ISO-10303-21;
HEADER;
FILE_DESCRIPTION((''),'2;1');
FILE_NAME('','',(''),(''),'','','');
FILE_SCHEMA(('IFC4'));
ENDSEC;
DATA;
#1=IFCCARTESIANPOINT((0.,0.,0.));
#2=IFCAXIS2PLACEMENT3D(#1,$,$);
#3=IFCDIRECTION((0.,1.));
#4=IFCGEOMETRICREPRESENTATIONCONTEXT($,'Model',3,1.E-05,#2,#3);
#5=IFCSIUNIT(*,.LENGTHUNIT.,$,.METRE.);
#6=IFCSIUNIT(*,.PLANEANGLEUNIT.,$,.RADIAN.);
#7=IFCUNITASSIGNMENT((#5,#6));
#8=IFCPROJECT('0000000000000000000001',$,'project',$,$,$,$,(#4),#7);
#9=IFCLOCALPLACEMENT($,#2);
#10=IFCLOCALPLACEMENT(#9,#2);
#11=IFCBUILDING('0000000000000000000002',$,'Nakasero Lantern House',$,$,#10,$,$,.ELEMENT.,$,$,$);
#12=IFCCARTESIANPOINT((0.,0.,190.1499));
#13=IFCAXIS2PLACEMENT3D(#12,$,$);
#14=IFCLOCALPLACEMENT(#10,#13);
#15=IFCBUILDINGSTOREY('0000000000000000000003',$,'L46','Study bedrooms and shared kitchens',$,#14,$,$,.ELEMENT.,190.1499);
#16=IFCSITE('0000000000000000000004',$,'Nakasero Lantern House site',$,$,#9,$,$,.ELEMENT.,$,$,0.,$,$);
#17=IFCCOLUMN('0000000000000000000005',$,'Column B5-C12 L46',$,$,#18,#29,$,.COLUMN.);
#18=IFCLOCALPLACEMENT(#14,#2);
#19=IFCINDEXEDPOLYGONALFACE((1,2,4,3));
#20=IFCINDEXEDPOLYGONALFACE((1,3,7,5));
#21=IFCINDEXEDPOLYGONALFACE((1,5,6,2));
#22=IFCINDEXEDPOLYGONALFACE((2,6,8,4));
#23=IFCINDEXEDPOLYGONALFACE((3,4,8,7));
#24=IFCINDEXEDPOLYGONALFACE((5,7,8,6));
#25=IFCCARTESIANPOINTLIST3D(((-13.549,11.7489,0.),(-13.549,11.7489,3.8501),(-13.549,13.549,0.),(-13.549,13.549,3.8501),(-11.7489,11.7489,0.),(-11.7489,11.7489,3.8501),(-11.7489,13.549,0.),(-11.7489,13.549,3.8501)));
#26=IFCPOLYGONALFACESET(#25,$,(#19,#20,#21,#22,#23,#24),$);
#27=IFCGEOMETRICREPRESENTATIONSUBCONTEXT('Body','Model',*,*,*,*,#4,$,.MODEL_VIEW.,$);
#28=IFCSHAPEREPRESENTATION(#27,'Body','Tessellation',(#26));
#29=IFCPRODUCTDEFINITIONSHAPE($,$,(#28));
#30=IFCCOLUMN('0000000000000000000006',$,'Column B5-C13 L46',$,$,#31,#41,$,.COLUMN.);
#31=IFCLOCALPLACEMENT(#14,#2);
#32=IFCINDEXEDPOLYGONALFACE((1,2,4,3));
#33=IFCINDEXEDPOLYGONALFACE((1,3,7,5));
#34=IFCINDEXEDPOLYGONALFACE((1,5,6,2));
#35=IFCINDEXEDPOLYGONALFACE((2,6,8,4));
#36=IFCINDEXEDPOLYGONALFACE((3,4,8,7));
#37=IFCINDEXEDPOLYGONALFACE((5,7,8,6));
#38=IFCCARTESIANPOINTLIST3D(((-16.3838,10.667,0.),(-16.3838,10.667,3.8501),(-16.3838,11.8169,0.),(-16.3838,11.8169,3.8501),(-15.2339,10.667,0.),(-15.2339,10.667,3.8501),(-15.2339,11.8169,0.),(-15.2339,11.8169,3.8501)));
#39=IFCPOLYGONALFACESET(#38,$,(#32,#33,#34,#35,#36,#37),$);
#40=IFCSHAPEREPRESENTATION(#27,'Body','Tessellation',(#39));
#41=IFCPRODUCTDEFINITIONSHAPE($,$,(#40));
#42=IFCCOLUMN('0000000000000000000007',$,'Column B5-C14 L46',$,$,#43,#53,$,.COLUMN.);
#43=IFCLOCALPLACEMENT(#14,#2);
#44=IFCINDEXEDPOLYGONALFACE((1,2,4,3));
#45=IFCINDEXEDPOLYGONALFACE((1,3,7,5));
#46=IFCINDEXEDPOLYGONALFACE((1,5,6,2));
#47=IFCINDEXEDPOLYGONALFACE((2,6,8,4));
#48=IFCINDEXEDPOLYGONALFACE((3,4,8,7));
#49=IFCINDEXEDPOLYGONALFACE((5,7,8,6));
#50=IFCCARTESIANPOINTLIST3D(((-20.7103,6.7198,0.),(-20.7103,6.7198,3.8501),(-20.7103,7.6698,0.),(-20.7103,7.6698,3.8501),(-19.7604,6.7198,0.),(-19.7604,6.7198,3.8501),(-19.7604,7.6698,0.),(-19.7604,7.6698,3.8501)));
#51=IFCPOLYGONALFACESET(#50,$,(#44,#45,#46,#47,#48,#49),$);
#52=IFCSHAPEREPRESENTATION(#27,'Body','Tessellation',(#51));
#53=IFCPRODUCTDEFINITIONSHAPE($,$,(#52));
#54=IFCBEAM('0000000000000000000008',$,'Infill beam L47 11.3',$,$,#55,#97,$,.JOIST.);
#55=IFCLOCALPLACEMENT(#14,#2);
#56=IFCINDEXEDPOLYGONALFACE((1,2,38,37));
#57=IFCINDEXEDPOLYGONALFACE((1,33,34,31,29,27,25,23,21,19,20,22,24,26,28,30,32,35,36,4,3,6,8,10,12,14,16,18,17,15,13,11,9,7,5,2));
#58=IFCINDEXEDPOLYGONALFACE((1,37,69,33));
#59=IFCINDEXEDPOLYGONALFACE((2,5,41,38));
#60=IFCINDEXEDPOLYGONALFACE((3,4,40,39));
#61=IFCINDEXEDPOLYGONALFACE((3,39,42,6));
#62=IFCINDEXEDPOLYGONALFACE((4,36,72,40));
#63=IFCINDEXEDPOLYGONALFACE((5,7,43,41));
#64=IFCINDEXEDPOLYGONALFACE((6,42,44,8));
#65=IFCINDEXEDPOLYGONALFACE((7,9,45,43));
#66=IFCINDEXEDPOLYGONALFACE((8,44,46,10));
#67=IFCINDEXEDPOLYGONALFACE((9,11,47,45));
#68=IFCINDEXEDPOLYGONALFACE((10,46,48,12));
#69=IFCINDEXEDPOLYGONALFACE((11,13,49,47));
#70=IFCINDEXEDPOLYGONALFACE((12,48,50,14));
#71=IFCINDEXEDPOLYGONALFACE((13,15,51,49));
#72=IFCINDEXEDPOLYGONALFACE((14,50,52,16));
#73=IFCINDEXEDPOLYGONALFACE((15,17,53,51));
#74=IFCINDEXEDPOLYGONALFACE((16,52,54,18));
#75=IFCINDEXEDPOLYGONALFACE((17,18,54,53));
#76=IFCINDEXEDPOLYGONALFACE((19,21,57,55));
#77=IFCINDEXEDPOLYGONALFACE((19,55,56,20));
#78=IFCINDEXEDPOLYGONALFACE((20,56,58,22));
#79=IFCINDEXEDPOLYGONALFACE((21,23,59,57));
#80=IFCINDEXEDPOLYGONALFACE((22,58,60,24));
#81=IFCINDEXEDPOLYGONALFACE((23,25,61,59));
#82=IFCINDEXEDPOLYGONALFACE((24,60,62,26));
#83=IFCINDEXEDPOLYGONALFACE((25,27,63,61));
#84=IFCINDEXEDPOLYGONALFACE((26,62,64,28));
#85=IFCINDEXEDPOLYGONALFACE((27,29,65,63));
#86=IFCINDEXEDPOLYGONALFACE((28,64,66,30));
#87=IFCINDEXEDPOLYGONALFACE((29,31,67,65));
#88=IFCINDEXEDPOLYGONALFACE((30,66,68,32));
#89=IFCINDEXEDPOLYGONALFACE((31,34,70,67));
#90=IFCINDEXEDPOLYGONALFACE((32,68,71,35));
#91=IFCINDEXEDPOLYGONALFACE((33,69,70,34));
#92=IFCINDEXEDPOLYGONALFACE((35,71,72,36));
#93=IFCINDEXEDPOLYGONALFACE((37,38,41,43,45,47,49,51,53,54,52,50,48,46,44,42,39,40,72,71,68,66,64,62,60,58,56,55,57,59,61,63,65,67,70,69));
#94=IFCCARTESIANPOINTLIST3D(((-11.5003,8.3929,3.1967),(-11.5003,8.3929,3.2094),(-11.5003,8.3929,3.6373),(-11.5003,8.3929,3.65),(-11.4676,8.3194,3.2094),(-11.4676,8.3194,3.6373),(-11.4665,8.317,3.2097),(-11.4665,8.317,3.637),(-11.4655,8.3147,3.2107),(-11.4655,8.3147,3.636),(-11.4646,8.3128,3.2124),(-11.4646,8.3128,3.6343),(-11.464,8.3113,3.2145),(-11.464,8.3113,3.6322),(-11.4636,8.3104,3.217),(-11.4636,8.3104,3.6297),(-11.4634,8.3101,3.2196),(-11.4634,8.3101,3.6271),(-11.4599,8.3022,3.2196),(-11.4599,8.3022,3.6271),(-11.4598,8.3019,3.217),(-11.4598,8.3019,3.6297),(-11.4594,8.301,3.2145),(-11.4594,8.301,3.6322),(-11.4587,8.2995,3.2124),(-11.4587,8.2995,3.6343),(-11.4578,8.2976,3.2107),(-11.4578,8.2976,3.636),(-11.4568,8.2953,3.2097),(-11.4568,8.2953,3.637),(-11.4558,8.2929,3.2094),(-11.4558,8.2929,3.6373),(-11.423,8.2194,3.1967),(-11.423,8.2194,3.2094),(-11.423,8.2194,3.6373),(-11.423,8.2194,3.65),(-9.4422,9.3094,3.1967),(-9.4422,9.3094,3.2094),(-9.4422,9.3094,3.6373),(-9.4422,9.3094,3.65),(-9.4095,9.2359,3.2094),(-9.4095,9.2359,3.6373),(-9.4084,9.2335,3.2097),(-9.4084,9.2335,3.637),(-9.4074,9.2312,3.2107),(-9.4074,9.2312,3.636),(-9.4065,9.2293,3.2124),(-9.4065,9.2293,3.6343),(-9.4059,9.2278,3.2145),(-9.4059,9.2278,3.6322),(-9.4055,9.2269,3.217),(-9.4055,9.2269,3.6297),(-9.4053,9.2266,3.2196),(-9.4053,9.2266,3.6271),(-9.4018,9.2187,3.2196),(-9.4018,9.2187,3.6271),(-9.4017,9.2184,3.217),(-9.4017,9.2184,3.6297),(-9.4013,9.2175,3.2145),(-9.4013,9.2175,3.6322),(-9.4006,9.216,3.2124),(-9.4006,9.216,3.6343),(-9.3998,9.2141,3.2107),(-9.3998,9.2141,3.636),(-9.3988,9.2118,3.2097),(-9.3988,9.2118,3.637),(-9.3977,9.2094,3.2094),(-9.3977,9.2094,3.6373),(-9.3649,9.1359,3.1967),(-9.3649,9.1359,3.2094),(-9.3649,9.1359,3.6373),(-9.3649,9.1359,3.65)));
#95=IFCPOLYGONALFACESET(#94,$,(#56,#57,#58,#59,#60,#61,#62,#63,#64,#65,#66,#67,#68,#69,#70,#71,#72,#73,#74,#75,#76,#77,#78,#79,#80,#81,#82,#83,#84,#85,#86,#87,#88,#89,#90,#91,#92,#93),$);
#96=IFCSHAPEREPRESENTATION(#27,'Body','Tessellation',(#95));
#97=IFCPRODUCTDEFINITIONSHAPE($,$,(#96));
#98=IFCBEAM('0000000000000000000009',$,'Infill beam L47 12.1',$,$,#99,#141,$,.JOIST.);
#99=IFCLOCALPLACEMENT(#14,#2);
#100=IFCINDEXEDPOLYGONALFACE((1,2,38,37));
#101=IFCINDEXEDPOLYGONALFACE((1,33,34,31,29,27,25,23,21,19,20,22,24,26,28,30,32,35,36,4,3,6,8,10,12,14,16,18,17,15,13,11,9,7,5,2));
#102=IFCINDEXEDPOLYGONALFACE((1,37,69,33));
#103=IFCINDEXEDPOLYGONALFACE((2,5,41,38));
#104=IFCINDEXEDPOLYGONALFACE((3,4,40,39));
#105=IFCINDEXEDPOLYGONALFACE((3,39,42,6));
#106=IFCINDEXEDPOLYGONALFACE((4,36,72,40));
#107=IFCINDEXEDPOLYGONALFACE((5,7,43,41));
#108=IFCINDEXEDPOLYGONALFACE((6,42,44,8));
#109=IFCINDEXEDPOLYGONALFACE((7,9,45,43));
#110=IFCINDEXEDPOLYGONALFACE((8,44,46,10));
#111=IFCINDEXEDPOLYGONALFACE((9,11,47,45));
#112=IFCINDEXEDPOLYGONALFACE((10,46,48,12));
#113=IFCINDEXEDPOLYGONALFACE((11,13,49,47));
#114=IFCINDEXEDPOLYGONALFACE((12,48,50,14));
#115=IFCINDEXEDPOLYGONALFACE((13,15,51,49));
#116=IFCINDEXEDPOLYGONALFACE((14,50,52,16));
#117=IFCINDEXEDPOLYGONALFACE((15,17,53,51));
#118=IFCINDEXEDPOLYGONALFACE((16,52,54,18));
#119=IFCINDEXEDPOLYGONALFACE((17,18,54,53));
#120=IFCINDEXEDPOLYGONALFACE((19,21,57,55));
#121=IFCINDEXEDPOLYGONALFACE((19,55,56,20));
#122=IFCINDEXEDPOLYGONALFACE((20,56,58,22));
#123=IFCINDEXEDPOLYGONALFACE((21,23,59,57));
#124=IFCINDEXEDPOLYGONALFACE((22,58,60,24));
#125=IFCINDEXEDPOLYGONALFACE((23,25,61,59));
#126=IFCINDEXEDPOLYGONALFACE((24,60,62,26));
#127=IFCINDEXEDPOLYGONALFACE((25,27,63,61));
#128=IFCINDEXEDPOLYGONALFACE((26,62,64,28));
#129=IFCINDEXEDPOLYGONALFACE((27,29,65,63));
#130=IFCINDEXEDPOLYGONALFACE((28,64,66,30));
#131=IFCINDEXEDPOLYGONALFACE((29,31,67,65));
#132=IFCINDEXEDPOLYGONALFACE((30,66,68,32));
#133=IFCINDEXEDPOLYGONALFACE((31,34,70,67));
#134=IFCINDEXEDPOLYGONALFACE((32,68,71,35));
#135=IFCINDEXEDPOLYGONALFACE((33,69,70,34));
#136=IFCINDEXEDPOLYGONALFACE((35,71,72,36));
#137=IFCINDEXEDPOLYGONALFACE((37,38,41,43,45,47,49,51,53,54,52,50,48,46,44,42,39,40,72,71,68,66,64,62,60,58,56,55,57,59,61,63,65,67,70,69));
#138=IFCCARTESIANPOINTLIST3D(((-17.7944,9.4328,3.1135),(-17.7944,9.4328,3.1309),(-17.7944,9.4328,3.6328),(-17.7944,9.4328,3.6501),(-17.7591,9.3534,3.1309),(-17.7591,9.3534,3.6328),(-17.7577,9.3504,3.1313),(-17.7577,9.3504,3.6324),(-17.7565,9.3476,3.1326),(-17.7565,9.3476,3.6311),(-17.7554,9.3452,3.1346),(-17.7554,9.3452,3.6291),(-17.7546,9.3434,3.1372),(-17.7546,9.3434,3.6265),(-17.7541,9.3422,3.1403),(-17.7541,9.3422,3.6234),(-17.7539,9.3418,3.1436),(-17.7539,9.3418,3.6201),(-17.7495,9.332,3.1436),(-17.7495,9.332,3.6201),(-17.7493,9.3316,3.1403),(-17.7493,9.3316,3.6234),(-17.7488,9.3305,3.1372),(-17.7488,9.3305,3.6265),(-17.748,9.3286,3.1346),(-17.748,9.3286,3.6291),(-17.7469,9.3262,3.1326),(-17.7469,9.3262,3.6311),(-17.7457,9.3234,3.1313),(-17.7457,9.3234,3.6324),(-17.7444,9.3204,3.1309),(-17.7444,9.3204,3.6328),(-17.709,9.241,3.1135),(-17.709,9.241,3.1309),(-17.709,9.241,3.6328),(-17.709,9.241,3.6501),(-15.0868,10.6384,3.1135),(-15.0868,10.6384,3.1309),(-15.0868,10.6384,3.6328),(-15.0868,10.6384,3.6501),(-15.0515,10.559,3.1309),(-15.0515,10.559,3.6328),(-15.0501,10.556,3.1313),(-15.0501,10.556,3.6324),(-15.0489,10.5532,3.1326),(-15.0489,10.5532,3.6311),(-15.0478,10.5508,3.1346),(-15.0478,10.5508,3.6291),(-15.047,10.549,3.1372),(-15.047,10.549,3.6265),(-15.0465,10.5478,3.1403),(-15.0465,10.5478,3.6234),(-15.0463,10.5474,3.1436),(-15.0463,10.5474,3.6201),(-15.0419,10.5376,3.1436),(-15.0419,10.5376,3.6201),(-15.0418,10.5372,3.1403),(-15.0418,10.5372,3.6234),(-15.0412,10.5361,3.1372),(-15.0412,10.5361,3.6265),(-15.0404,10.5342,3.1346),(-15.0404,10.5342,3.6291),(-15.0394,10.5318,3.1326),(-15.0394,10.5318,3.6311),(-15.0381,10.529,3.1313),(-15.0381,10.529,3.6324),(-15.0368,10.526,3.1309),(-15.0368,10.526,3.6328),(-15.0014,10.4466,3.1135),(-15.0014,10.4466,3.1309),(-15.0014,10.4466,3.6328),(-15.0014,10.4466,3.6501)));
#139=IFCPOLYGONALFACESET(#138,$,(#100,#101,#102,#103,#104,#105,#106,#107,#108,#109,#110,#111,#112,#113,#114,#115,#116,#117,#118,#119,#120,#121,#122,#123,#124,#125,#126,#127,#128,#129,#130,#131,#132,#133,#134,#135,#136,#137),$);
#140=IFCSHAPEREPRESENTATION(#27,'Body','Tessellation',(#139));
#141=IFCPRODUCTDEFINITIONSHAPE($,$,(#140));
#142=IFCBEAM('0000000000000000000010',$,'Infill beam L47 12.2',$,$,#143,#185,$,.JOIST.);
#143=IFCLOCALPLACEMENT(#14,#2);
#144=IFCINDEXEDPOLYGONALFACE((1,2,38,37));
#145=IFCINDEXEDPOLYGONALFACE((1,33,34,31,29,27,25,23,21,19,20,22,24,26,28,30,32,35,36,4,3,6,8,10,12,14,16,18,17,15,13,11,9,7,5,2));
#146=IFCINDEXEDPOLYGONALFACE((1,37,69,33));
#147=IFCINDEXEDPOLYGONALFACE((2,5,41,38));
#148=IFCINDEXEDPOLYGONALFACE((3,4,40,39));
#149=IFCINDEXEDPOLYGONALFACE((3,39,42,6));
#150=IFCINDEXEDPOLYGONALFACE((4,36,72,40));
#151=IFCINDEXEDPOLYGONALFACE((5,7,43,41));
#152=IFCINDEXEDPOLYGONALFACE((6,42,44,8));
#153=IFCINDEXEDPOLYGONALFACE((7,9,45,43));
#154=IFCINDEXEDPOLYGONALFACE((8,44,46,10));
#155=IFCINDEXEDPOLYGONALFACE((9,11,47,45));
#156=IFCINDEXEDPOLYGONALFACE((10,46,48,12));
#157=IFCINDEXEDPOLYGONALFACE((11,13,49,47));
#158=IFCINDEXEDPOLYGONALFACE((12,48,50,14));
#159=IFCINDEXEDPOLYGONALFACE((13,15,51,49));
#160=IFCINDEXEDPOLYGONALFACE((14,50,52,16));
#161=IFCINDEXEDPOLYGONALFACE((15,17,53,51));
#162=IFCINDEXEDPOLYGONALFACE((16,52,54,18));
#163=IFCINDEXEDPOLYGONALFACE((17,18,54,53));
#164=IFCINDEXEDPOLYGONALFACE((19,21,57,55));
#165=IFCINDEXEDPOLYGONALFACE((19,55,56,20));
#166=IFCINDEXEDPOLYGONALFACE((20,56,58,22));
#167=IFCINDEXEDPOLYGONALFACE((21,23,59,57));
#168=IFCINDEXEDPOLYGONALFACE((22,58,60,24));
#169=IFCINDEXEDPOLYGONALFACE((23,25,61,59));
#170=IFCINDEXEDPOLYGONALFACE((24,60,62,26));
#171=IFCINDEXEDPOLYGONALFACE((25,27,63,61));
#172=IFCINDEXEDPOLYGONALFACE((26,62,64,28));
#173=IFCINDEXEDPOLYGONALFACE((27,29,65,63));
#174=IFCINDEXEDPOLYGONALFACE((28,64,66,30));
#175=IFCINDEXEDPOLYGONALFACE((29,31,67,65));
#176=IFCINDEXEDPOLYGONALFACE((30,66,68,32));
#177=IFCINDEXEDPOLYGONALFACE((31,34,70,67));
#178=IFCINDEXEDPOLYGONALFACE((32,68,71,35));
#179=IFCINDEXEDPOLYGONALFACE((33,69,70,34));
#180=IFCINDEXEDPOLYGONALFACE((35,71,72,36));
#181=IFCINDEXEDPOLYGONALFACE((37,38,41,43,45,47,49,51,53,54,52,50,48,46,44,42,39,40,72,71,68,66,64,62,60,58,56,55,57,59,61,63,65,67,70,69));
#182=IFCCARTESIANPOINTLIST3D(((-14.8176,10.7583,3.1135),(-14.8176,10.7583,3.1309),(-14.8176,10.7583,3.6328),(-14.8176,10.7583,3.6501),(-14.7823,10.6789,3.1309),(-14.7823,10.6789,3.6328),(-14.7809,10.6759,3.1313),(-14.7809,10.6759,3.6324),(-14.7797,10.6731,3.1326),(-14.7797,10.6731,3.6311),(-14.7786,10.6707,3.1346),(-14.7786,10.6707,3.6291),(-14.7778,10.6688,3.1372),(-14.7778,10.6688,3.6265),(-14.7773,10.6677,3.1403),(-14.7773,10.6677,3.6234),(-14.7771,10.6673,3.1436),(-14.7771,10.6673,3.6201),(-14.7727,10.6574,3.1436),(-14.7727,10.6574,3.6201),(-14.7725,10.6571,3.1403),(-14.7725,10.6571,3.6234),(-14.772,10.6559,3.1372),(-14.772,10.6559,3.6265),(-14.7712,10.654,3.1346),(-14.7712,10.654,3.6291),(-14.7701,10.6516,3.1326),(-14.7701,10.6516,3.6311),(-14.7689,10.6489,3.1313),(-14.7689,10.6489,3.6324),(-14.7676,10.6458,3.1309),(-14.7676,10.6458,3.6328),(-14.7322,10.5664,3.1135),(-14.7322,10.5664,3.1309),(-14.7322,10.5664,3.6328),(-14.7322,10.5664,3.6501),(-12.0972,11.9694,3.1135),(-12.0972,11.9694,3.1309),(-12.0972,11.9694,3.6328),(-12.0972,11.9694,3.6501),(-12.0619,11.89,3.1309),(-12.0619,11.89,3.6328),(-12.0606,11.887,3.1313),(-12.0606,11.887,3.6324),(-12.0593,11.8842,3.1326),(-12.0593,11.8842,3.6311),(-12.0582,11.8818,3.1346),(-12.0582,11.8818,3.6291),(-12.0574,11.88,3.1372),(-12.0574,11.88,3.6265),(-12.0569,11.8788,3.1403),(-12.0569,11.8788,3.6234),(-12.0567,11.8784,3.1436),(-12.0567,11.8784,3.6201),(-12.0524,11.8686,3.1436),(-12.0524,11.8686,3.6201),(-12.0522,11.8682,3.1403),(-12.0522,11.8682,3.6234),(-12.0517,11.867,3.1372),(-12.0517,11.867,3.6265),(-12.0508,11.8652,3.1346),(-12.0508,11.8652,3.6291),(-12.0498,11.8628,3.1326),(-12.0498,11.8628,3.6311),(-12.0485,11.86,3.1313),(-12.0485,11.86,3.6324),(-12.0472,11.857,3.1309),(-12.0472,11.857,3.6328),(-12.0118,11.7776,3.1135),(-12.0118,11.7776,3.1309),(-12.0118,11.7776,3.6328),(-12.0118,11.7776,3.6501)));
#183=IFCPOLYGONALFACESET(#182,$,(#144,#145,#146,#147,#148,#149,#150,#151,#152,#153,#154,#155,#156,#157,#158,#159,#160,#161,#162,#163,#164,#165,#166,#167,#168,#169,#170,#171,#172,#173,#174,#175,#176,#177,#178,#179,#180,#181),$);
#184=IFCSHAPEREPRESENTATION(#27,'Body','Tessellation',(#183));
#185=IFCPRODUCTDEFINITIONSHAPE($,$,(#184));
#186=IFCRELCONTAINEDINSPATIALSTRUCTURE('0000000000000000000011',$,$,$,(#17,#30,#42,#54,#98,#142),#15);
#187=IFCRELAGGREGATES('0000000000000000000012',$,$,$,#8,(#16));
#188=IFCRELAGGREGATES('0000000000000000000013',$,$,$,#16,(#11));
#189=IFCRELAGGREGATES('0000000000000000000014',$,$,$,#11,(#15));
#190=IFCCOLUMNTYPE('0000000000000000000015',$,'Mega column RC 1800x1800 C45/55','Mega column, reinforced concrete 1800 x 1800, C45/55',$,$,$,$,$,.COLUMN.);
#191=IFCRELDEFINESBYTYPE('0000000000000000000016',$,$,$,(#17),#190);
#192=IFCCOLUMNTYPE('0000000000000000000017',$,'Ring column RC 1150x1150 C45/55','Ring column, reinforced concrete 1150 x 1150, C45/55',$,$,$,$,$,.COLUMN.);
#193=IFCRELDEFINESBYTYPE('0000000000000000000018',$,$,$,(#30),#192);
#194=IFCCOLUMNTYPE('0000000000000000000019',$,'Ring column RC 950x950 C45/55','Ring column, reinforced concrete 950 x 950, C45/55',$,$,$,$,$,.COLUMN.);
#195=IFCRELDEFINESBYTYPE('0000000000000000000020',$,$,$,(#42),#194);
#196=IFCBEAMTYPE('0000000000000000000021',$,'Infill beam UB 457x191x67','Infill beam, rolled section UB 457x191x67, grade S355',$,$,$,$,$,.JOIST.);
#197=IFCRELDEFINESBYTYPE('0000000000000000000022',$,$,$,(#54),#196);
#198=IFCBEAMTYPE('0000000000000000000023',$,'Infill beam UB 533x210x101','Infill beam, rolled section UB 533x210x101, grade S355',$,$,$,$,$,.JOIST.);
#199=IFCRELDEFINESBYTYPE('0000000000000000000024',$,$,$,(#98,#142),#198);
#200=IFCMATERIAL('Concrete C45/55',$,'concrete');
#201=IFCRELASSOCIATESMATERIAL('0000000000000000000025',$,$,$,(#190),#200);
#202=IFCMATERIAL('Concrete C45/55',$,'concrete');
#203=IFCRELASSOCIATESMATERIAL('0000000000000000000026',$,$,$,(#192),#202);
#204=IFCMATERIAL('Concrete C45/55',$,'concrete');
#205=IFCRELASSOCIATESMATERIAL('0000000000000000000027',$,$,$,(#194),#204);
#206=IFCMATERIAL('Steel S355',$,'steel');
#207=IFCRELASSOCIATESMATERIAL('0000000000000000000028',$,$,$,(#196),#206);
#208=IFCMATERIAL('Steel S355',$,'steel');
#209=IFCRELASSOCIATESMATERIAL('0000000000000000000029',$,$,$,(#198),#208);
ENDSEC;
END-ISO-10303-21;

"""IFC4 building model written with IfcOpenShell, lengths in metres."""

from ifc_helpers import new_model, si_unit, direction, frame, origin, origin_2d, place, context, subcontext, project, spatial, rectangle, i_section, extrude, material, material_profile, profile_set, type_object, element, save


model = new_model("IFC4")

# Units and contexts
model_context = context("Model", 3, precision=1e-05, world=origin(), true_north=direction((0.0, 1.0)))
body_context = subcontext(model_context, "Body", "Model", "MODEL_VIEW")
ifc_project = project(units=[si_unit("LENGTHUNIT", "METRE"), si_unit("PLANEANGLEUNIT", "RADIAN")], contexts=[model_context])

# Site, building, storey
site_placement = place(None, origin())
site = spatial("IfcSite", under=ifc_project, at=site_placement, Name="Nakasero Lantern House site", CompositionType="ELEMENT", RefElevation=0.0)
building_placement = place(site_placement, origin())
building = spatial("IfcBuilding", under=site, at=building_placement, Name="Nakasero Lantern House", CompositionType="ELEMENT")
storey_placement = place(building_placement, frame((0.0, 0.0, 190.1499)))
storey = spatial("IfcBuildingStorey", under=building, at=storey_placement, Name="L46", Description="Study bedrooms and shared kitchens", CompositionType="ELEMENT", Elevation=190.1499)

# Columns
ifc_material_1 = material(Name="Concrete C45/55", Category="concrete")
ifc_material_profile_1 = material_profile(ifc_material_1, rectangle(XDim=1.8, YDim=1.8, at=origin_2d()), Name="RC 1800x1800")
ifc_profile_set_1 = profile_set([ifc_material_profile_1], Name="Concrete C45/55")
column_type_1 = type_object("IfcColumnType", Name="Mega column RC 1800x1800 C45/55", Description="Mega column, reinforced concrete 1800 x 1800, C45/55", PredefinedType="COLUMN", material=ifc_profile_set_1)
column_1_placement = place(storey_placement, frame((-12.6489, 12.6489, 0.0), z_axis=(0.0, 0.0, 1.0), x_axis=(1.0, 0.0, 0.0)))
element("IfcColumn", 1, at=column_1_placement, inside=storey, type_object=column_type_1, Name="Column B5-C12 L46", PredefinedType="COLUMN", context=body_context, shape_type="SweptSolid", body=[
    extrude(rectangle(XDim=1.8, YDim=1.8, at=origin_2d()), origin(), (0.0, 0.0, 1.0), 3.8501),
])
ifc_material_2 = material(Name="Concrete C45/55", Category="concrete")
ifc_material_profile_2 = material_profile(ifc_material_2, rectangle(XDim=1.1499, YDim=1.1499, at=origin_2d()), Name="RC 1150x1150")
ifc_profile_set_2 = profile_set([ifc_material_profile_2], Name="Concrete C45/55")
column_type_2 = type_object("IfcColumnType", Name="Ring column RC 1150x1150 C45/55", Description="Ring column, reinforced concrete 1150 x 1150, C45/55", PredefinedType="COLUMN", material=ifc_profile_set_2)
column_2_placement = place(storey_placement, frame((-15.8088, 11.2419, 0.0), z_axis=(0.0, 0.0, 1.0), x_axis=(1.0, 0.0, 0.0)))
element("IfcColumn", 2, at=column_2_placement, inside=storey, type_object=column_type_2, Name="Column B5-C13 L46", PredefinedType="COLUMN", context=body_context, shape_type="SweptSolid", body=[
    extrude(rectangle(XDim=1.1499, YDim=1.1499, at=origin_2d()), origin(), (0.0, 0.0, 1.0), 3.8501),
])
ifc_material_3 = material(Name="Concrete C45/55", Category="concrete")
ifc_material_profile_3 = material_profile(ifc_material_3, rectangle(XDim=0.95, YDim=0.95, at=origin_2d()), Name="RC 950x950")
ifc_profile_set_3 = profile_set([ifc_material_profile_3], Name="Concrete C45/55")
column_type_3 = type_object("IfcColumnType", Name="Ring column RC 950x950 C45/55", Description="Ring column, reinforced concrete 950 x 950, C45/55", PredefinedType="COLUMN", material=ifc_profile_set_3)
column_3_placement = place(storey_placement, frame((-20.2354, 7.1948, 0.0), z_axis=(0.0, 0.0, 1.0), x_axis=(1.0, 0.0, 0.0)))
element("IfcColumn", 3, at=column_3_placement, inside=storey, type_object=column_type_3, Name="Column B5-C14 L46", PredefinedType="COLUMN", context=body_context, shape_type="SweptSolid", body=[
    extrude(rectangle(XDim=0.95, YDim=0.95, at=origin_2d()), origin(), (0.0, 0.0, 1.0), 3.8501),
])

# Beams
ifc_material_4 = material(Name="Steel S355", Category="steel")
ifc_material_profile_4 = material_profile(ifc_material_4, i_section(OverallWidth=0.1899, OverallDepth=0.4534, WebThickness=0.0085, FlangeThickness=0.0127, FilletRadius=0.0103, at=origin_2d()), Name="UB 457x191x67")
ifc_profile_set_4 = profile_set([ifc_material_profile_4], Name="Steel S355")
beam_type_1 = type_object("IfcBeamType", Name="Infill beam UB 457x191x67", Description="Infill beam, rolled section UB 457x191x67, grade S355", PredefinedType="JOIST", material=ifc_profile_set_4)
beam_1_placement = place(storey_placement, frame((-11.4617, 8.3062, 3.4233), z_axis=(0.913516, 0.406802, 0.0), x_axis=(-0.406802, 0.913516, 0.0)))
element("IfcBeam", 4, at=beam_1_placement, inside=storey, type_object=beam_type_1, Name="Infill beam L47 11.3", PredefinedType="JOIST", context=body_context, shape_type="SweptSolid", body=[
    extrude(i_section(OverallWidth=0.1899, OverallDepth=0.4534, WebThickness=0.0085, FlangeThickness=0.0127, FilletRadius=0.0103, at=origin_2d()), origin(), (0.0, 0.0, 1.0), 2.2529),
])
ifc_material_5 = material(Name="Steel S355", Category="steel")
ifc_material_profile_5 = material_profile(ifc_material_5, i_section(OverallWidth=0.21, OverallDepth=0.5366, WebThickness=0.0107, FlangeThickness=0.0173, FilletRadius=0.0127, at=origin_2d()), Name="UB 533x210x101")
ifc_profile_set_5 = profile_set([ifc_material_profile_5], Name="Steel S355")
beam_type_2 = type_object("IfcBeamType", Name="Infill beam UB 533x210x101", Description="Infill beam, rolled section UB 533x210x101, grade S355", PredefinedType="JOIST", material=ifc_profile_set_5)
beam_2_placement = place(storey_placement, frame((-17.7517, 9.3369, 3.3818), z_axis=(0.913533, 0.406765, 0.0), x_axis=(-0.406765, 0.913533, 0.0)))
element("IfcBeam", 5, at=beam_2_placement, inside=storey, type_object=beam_type_2, Name="Infill beam L47 12.1", PredefinedType="JOIST", context=body_context, shape_type="SweptSolid", body=[
    extrude(i_section(OverallWidth=0.21, OverallDepth=0.5366, WebThickness=0.0107, FlangeThickness=0.0173, FilletRadius=0.0127, at=origin_2d()), origin(), (0.0, 0.0, 1.0), 2.9639),
])
beam_3_placement = place(storey_placement, frame((-14.7749, 10.6624, 3.3818), z_axis=(0.913551, 0.406724, 0.0), x_axis=(-0.406724, 0.913551, 0.0)))
element("IfcBeam", 6, at=beam_3_placement, inside=storey, type_object=beam_type_2, Name="Infill beam L47 12.2", PredefinedType="JOIST", context=body_context, shape_type="SweptSolid", body=[
    extrude(i_section(OverallWidth=0.21, OverallDepth=0.5366, WebThickness=0.0107, FlangeThickness=0.0173, FilletRadius=0.0127, at=origin_2d()), origin(), (0.0, 0.0, 1.0), 2.9778),
])

save(model, "model.ifc")
